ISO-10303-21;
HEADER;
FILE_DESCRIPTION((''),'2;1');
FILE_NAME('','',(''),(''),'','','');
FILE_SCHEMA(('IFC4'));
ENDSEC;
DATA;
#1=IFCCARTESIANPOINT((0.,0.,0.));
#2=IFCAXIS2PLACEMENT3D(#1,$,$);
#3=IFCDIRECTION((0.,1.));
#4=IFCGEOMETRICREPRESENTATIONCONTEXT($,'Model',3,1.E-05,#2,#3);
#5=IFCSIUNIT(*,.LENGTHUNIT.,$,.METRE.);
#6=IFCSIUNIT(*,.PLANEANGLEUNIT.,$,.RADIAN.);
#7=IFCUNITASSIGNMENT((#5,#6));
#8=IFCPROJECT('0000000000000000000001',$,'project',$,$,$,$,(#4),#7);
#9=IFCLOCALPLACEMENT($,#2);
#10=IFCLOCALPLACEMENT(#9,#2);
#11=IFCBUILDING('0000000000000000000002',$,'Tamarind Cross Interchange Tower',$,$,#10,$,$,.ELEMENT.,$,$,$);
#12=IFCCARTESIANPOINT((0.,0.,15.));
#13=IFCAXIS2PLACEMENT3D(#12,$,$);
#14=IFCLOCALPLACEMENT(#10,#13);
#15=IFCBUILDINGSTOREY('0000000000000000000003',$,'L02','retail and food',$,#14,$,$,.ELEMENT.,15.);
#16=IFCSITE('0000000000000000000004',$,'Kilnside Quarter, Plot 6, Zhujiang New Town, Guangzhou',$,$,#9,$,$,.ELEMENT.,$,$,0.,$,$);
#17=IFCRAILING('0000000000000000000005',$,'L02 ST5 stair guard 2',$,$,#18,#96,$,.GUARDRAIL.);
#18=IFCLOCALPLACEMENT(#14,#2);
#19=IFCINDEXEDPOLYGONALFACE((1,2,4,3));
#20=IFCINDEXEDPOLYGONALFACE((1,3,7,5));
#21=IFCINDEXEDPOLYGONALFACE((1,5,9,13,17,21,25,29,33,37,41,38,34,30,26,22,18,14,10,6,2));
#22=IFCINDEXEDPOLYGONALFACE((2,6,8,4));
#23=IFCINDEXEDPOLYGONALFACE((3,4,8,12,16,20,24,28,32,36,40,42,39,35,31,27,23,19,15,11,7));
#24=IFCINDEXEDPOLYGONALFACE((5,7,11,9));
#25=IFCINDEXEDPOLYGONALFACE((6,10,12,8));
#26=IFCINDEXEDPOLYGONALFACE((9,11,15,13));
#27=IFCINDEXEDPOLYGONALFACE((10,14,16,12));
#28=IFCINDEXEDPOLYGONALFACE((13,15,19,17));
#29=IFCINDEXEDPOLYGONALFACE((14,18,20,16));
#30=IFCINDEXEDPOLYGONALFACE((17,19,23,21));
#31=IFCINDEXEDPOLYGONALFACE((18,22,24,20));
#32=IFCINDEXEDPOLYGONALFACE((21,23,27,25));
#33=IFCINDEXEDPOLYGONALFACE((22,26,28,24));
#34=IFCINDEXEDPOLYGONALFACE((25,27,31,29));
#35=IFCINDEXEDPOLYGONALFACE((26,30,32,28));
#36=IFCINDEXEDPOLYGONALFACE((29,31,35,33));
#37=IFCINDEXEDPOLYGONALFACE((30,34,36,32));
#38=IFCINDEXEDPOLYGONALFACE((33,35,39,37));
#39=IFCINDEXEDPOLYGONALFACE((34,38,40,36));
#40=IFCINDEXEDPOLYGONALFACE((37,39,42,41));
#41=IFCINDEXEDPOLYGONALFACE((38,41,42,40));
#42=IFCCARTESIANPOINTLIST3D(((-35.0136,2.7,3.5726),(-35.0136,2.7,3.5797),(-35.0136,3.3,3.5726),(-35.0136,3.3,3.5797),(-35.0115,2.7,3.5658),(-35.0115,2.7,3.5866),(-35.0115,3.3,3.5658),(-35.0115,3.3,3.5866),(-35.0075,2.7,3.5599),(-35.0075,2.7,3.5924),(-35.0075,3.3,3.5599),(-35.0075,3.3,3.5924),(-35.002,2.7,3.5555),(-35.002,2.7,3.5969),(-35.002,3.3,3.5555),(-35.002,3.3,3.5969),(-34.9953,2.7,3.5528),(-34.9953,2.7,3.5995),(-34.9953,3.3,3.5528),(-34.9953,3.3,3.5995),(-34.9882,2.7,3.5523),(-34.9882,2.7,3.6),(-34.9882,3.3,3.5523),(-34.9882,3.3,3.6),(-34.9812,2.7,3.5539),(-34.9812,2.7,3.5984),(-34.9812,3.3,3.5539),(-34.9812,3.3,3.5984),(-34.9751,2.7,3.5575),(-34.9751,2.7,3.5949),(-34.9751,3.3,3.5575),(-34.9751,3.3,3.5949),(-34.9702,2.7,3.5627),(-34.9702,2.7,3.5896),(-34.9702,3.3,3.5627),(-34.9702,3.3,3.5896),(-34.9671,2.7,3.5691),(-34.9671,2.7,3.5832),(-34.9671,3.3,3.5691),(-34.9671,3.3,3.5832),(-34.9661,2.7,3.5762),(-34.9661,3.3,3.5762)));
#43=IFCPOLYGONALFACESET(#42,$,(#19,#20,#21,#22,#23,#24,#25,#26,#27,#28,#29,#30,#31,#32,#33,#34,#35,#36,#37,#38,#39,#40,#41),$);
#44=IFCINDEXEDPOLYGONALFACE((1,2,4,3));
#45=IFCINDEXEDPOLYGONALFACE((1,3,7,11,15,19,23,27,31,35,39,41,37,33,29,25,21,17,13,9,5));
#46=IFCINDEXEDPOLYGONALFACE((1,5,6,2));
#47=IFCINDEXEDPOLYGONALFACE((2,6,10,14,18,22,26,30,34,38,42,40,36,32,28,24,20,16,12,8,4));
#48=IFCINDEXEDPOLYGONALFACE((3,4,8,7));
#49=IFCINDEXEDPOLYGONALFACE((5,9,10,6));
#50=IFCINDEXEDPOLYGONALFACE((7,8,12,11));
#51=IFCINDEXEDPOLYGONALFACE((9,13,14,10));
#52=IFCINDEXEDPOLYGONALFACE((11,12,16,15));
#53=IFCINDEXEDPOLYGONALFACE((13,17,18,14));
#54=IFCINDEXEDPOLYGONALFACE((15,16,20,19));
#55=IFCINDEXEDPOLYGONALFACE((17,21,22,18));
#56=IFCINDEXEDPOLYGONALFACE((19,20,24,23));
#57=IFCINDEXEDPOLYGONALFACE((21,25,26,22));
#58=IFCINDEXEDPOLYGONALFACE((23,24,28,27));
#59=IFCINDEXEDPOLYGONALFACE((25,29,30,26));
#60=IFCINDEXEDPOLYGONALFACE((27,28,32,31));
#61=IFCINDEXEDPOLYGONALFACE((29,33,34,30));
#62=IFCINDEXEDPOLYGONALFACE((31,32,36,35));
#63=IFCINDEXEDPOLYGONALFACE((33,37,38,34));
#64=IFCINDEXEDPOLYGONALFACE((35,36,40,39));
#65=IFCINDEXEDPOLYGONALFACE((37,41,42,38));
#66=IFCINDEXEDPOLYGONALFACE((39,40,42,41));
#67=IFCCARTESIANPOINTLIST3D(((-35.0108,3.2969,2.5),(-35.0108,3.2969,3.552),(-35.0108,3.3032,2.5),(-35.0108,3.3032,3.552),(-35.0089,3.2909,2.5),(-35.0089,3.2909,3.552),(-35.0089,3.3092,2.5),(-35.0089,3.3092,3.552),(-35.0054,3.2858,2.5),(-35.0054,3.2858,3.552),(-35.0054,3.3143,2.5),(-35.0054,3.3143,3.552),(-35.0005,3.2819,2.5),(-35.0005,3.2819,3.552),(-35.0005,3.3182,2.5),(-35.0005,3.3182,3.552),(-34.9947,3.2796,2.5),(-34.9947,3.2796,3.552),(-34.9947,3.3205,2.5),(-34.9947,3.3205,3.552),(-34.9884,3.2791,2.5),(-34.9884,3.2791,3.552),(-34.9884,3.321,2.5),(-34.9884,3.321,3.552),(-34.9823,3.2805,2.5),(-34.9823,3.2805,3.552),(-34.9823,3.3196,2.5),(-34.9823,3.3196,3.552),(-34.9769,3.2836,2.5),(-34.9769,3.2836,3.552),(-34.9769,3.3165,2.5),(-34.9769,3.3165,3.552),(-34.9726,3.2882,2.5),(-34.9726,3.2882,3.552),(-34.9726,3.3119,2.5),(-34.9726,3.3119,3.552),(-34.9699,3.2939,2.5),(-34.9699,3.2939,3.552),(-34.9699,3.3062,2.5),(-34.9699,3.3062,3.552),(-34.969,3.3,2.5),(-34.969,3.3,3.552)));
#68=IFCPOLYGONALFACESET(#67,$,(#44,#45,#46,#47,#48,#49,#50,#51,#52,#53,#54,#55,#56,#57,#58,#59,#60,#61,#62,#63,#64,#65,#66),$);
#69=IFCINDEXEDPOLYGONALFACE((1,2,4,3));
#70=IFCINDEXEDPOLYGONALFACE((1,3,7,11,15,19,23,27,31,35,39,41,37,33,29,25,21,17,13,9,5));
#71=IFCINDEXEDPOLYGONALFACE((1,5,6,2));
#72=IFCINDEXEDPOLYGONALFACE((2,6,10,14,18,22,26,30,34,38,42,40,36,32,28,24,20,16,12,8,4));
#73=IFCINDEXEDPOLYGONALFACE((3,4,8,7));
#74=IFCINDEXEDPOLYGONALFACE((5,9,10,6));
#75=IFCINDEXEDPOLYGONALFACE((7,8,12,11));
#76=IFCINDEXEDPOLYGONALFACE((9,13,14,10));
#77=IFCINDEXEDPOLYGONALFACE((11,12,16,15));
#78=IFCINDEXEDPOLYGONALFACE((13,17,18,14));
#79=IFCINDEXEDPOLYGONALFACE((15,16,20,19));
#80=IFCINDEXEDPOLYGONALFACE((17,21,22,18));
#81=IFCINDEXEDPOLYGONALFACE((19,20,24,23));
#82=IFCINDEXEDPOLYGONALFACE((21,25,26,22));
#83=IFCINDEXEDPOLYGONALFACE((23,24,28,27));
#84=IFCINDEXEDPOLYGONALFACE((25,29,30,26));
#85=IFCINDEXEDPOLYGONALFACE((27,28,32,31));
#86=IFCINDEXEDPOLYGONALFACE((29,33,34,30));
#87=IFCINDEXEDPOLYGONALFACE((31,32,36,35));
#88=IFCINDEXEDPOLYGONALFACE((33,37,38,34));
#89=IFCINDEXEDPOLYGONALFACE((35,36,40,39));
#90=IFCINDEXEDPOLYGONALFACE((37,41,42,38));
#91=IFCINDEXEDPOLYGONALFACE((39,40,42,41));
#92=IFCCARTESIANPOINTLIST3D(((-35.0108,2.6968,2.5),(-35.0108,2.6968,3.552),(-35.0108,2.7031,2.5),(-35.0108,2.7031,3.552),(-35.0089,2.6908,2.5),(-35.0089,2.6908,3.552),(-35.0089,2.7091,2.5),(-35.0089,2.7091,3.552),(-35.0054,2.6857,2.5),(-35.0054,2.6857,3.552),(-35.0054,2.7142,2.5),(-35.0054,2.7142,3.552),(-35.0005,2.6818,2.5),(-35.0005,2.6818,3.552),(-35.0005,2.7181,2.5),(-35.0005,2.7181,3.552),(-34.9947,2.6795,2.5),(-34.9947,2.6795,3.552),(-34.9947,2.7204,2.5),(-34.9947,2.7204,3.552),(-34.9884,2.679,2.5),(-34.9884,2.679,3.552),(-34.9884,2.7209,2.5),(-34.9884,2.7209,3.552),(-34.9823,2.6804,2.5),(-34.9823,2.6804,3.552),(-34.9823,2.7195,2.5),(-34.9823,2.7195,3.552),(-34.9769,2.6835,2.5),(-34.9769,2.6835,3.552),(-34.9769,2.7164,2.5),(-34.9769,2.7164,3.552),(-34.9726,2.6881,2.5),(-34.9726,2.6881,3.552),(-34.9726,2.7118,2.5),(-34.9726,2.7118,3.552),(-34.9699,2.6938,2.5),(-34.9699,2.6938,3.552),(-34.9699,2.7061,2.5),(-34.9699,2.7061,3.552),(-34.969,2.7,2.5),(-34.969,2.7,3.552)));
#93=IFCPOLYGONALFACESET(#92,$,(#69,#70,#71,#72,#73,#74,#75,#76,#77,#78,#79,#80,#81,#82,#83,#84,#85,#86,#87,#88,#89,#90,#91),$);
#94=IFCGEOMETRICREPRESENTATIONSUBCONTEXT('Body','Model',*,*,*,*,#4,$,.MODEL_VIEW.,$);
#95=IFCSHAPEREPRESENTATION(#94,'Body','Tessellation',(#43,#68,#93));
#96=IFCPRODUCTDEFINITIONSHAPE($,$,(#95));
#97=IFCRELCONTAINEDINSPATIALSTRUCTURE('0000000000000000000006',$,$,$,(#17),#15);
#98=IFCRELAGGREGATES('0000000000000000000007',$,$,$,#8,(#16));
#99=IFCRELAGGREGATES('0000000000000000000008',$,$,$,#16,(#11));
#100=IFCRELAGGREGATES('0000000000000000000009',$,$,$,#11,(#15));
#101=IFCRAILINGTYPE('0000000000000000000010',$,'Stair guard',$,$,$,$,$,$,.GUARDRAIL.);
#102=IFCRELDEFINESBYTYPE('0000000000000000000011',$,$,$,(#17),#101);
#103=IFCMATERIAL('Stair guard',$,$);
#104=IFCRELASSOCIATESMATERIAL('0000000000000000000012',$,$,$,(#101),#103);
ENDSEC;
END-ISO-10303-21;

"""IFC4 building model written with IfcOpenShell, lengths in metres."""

from ifc_helpers import new_model, si_unit, direction, frame, origin, origin_2d, place, context, subcontext, project, spatial, circle, extrude, material, type_object, element, save


model = new_model("IFC4")

# Units and contexts
model_context = context("Model", 3, precision=1e-05, world=origin(), true_north=direction((0.0, 1.0)))
body_context = subcontext(model_context, "Body", "Model", "MODEL_VIEW")
ifc_project = project(units=[si_unit("LENGTHUNIT", "METRE"), si_unit("PLANEANGLEUNIT", "RADIAN")], contexts=[model_context])

# Site, building, storey
site_placement = place(None, origin())
site = spatial("IfcSite", under=ifc_project, at=site_placement, Name="Kilnside Quarter, Plot 6, Zhujiang New Town, Guangzhou", CompositionType="ELEMENT", RefElevation=0.0)
building_placement = place(site_placement, origin())
building = spatial("IfcBuilding", under=site, at=building_placement, Name="Tamarind Cross Interchange Tower", CompositionType="ELEMENT")
storey_placement = place(building_placement, frame((0.0, 0.0, 15.0)))
storey = spatial("IfcBuildingStorey", under=building, at=storey_placement, Name="L02", Description="retail and food", CompositionType="ELEMENT", Elevation=15.0)

# Railing
ifc_material_1 = material(Name="Stair guard")
railing_type_1 = type_object("IfcRailingType", Name="Stair guard", PredefinedType="GUARDRAIL", material=ifc_material_1)
railing_1_placement = place(storey_placement, frame((-34.99, 3.3, 2.5)))
element("IfcRailing", 1, at=railing_1_placement, inside=storey, type_object=railing_type_1, Name="L02 ST5 stair guard 2", PredefinedType="GUARDRAIL", context=body_context, shape_type="SweptSolid", body=[
    extrude(circle(Radius=0.0239, at=origin_2d()), frame((0.0, 0.0, 1.0762), z_axis=(0.0, -1.0, 0.0), x_axis=(1.0, 0.0, 0.0)), (0.0, 0.0, 1.0), 0.6001),
    extrude(circle(Radius=0.021, at=origin_2d()), origin(), (0.0, 0.0, 1.0), 1.052),
    extrude(circle(Radius=0.021, at=origin_2d()), frame((0.0, -0.6001, 0.0)), (0.0, 0.0, 1.0), 1.052),
])

save(model, "model.ifc")
